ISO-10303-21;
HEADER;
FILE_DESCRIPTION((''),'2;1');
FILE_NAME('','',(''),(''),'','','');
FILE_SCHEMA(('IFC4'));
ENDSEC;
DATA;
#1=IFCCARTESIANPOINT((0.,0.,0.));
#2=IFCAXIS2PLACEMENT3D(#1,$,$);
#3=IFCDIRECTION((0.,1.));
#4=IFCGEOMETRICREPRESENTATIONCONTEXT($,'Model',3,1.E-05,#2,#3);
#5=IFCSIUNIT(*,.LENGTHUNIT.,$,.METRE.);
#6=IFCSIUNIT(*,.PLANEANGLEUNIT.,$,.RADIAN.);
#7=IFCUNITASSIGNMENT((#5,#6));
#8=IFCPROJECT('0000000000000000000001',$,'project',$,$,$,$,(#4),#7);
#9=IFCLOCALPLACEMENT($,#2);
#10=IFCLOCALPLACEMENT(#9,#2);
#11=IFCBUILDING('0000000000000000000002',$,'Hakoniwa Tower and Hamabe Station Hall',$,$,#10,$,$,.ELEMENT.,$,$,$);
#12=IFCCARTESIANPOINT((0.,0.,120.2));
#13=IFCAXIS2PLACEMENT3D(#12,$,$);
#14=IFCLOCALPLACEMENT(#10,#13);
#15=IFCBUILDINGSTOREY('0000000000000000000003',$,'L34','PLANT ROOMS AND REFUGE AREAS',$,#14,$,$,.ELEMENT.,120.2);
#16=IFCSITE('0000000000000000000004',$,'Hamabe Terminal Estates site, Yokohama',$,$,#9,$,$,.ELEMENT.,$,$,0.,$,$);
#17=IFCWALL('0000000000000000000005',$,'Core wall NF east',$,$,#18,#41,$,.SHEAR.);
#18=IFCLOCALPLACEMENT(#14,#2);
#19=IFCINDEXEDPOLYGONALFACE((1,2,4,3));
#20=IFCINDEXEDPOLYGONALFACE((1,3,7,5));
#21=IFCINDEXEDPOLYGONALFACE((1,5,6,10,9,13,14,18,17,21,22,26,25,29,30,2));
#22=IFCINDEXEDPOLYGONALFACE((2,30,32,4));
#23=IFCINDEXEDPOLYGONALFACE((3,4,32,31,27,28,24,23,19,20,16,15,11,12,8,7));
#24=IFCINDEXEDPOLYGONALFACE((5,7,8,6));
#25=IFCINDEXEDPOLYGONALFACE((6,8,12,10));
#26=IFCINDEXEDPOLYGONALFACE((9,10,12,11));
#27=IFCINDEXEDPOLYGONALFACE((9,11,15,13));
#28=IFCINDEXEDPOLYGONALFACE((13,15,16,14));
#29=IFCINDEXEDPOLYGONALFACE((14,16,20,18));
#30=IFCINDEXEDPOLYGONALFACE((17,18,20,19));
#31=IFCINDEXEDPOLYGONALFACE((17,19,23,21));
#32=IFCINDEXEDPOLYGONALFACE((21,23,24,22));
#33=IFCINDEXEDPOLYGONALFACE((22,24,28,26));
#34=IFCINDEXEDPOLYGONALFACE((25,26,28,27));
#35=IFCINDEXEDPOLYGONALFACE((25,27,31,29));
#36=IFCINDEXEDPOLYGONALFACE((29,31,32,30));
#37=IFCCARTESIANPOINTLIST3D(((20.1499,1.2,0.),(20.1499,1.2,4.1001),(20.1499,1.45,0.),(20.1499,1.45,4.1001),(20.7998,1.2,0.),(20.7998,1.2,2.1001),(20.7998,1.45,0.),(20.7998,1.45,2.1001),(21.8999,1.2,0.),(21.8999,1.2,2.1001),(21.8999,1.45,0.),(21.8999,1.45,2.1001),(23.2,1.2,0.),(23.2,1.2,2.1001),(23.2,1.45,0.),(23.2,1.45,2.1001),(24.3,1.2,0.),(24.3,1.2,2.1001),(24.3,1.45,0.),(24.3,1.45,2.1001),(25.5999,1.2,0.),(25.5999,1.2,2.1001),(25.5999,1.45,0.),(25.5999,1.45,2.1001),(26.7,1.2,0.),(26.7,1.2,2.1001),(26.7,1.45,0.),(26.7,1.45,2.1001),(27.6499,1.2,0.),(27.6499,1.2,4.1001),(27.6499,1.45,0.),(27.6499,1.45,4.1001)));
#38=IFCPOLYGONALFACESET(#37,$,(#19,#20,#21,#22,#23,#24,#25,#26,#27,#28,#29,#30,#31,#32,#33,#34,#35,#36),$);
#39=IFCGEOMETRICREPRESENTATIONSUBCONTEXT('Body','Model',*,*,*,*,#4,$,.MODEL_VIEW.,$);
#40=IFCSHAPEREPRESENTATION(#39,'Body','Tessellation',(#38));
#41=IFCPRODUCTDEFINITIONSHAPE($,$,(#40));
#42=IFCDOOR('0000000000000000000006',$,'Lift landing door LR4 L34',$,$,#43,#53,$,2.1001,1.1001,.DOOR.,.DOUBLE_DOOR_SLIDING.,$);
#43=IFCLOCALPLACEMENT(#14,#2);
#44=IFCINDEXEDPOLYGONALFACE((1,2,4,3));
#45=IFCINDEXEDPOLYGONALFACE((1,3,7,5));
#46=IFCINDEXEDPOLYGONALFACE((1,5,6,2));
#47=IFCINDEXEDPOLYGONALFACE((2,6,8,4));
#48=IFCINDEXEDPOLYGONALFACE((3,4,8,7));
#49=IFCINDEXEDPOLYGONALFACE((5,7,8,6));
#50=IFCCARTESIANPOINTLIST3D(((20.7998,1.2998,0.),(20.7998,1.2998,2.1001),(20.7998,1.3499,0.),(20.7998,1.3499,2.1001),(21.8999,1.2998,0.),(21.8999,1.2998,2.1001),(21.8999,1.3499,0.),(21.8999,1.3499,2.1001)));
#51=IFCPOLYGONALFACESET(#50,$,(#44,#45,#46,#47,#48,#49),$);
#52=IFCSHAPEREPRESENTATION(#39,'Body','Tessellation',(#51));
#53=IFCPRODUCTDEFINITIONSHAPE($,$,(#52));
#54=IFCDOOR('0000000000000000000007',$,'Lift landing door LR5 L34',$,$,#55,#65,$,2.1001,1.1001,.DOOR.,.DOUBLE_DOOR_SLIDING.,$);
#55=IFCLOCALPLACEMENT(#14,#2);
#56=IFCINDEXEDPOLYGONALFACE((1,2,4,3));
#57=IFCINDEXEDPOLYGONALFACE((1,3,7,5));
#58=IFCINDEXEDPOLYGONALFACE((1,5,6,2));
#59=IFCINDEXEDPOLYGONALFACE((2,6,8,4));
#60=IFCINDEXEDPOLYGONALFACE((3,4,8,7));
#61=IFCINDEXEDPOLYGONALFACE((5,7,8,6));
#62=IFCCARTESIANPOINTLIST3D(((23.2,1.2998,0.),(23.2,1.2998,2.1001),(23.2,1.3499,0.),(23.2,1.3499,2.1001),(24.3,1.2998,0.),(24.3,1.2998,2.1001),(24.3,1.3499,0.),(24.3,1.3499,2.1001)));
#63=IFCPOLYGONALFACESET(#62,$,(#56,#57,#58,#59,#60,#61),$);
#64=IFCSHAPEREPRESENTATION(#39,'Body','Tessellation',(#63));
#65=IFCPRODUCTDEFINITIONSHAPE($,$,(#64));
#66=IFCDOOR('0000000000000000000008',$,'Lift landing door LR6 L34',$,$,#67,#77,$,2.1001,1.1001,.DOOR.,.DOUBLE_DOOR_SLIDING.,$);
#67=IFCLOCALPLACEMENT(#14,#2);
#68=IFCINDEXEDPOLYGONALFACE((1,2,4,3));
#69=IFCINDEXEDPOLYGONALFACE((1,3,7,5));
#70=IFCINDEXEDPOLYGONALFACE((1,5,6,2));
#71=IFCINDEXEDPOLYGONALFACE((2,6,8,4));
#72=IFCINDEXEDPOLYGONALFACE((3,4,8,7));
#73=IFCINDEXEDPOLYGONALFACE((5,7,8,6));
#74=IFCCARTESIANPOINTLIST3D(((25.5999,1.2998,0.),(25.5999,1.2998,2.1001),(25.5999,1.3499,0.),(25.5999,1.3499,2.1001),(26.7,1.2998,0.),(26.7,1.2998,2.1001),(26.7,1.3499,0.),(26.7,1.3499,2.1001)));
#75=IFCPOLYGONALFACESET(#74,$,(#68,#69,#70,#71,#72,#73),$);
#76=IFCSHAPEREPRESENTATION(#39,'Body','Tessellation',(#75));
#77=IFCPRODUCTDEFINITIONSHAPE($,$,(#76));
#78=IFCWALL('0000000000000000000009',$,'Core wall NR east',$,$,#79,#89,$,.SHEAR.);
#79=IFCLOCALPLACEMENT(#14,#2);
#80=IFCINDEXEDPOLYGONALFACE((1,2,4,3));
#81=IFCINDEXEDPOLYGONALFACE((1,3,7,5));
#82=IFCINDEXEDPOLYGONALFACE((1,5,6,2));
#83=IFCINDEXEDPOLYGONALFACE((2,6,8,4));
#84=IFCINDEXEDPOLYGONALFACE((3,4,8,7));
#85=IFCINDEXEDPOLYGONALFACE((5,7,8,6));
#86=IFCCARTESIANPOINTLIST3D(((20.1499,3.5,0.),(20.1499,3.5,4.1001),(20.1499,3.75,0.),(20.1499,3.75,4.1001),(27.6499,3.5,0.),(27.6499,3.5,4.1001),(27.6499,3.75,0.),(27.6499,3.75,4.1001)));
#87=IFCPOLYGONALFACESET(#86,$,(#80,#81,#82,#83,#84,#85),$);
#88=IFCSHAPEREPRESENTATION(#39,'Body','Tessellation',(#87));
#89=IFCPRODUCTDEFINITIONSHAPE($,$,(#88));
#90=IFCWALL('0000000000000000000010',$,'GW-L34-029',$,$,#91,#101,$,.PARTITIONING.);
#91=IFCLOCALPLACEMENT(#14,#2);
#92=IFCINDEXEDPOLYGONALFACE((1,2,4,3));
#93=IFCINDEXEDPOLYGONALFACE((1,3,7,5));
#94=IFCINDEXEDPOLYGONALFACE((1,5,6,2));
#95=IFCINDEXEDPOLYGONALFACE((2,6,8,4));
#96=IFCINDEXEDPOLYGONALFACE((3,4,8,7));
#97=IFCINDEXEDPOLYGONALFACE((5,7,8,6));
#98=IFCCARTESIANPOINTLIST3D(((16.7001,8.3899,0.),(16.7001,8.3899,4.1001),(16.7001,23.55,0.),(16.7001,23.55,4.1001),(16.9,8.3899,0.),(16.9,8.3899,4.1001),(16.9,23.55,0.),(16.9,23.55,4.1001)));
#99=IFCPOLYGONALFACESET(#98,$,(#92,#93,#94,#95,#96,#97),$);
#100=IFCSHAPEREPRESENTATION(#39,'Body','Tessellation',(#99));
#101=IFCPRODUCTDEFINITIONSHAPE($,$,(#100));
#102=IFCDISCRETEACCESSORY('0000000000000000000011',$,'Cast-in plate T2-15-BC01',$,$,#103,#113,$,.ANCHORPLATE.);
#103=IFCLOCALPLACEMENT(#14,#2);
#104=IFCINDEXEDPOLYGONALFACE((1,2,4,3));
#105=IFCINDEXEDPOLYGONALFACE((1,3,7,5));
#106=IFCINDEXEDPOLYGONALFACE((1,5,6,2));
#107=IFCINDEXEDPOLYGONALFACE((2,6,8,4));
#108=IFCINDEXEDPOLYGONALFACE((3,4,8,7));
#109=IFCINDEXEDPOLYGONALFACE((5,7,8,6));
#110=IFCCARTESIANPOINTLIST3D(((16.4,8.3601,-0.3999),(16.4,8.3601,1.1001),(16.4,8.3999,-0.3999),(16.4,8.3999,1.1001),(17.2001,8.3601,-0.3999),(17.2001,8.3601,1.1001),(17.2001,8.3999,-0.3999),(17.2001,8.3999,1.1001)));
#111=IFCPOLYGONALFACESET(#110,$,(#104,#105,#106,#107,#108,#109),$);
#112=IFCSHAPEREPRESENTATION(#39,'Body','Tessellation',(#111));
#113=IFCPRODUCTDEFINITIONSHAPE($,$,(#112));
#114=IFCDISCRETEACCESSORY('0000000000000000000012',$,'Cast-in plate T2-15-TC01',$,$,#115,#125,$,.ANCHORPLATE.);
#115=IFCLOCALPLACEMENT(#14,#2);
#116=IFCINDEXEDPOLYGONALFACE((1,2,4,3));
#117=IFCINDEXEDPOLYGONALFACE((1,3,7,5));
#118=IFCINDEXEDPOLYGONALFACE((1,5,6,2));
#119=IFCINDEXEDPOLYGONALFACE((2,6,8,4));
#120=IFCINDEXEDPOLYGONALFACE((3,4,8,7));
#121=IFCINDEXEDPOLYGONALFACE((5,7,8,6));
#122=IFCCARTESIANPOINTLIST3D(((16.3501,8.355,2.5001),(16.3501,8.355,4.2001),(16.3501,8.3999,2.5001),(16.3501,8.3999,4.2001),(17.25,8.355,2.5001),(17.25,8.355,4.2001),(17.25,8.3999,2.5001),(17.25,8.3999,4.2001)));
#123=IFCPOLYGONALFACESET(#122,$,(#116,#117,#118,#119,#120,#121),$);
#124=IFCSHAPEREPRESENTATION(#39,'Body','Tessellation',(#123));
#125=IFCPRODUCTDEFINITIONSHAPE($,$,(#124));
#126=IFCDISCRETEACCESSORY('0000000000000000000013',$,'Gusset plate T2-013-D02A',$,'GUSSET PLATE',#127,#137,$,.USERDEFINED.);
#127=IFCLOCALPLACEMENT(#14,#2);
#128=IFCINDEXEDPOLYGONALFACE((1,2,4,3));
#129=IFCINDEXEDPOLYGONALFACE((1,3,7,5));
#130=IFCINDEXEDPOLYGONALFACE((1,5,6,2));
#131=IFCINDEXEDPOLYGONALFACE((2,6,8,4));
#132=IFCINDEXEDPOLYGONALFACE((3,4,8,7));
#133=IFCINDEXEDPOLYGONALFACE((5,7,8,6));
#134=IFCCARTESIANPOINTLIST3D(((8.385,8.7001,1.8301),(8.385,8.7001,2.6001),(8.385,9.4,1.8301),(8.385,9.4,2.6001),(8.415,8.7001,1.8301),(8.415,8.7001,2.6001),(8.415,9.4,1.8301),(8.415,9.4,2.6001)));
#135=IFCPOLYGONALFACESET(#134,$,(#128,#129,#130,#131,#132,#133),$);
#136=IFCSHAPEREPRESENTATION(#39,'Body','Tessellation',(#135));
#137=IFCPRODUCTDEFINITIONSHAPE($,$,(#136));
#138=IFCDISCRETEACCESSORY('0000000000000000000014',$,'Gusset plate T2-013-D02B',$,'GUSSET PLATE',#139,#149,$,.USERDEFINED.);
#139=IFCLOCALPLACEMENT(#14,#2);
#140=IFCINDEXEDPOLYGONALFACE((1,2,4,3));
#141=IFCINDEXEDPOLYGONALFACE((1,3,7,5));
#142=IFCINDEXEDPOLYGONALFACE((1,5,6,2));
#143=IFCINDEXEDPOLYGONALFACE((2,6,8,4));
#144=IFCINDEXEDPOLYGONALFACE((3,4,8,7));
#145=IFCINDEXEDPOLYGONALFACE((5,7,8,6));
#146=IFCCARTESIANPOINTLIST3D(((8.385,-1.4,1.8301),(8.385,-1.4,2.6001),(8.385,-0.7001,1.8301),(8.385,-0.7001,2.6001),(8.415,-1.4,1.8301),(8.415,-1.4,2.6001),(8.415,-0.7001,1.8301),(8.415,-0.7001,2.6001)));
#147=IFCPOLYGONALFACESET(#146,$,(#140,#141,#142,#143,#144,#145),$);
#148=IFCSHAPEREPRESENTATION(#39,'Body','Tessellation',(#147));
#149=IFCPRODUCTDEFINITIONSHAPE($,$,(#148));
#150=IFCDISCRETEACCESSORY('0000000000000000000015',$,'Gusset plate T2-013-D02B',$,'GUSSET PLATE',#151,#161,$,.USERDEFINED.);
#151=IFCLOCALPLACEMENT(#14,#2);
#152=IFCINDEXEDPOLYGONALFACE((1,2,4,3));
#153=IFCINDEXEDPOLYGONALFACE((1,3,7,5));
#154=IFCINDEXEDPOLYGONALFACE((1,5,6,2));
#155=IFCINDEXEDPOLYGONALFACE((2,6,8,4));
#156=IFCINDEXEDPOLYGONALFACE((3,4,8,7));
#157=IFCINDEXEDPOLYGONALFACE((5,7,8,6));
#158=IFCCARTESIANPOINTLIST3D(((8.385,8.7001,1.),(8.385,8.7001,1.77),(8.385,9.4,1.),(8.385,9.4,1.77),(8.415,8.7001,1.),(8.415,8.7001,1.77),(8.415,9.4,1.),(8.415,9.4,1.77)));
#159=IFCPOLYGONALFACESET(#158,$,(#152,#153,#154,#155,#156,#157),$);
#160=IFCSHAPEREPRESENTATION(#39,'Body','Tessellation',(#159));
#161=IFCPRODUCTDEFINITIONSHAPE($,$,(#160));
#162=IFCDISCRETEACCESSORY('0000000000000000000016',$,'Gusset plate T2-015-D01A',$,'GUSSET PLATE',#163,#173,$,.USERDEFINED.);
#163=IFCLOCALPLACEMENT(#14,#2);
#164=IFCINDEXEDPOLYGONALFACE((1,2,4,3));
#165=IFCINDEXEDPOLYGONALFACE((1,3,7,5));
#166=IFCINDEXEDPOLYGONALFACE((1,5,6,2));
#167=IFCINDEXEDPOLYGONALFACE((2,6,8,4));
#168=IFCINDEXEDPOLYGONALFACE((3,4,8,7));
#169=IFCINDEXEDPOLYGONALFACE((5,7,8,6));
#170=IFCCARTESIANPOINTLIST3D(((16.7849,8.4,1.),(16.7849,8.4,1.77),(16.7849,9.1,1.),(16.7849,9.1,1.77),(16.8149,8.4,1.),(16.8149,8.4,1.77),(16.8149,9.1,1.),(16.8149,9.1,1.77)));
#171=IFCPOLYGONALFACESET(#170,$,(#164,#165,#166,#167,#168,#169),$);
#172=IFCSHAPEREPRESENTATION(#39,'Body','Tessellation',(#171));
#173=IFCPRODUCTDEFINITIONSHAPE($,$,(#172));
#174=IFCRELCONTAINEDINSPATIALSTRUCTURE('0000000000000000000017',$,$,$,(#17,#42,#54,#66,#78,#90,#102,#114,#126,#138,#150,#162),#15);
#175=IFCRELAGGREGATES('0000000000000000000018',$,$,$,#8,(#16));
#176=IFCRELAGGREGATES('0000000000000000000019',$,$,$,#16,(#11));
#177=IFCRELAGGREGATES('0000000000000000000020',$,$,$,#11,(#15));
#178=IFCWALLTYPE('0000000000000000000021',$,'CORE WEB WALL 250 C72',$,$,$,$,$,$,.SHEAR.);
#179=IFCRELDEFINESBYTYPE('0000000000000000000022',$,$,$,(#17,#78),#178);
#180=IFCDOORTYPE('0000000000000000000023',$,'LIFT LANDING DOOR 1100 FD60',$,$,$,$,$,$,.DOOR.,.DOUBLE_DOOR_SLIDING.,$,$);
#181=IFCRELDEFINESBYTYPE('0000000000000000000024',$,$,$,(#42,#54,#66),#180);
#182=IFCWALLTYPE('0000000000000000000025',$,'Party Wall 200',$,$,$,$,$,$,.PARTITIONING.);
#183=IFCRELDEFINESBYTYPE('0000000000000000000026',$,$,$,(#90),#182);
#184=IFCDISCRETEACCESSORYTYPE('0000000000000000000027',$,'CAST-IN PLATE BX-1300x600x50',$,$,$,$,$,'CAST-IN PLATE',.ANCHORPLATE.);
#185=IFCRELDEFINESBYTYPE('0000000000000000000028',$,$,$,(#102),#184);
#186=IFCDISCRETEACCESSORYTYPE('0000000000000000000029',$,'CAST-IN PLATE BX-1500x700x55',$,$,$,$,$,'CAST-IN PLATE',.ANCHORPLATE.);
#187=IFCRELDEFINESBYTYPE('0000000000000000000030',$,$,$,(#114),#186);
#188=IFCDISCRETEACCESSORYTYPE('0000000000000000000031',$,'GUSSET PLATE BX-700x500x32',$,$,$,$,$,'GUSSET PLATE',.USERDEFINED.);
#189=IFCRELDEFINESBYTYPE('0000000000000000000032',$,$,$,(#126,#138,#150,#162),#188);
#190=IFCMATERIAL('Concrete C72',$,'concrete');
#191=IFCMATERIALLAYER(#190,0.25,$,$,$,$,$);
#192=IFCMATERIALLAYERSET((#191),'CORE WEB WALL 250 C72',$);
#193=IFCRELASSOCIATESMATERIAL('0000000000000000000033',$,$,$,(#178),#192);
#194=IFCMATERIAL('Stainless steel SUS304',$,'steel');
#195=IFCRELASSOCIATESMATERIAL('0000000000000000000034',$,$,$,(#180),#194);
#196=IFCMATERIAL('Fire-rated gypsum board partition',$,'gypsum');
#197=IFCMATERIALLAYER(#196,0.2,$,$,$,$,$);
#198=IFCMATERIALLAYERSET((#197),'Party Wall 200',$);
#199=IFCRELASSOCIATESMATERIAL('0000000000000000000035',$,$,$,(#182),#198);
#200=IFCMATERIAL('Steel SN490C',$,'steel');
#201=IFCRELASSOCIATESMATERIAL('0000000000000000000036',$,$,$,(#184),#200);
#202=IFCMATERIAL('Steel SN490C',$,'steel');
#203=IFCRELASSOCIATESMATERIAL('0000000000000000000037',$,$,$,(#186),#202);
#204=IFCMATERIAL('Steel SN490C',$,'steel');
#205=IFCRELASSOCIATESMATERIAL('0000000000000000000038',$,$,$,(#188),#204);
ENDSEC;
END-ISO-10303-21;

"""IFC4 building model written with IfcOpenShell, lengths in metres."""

from ifc_helpers import new_model, si_unit, direction, frame, frame_2d, origin, origin_2d, place, context, subcontext, project, spatial, rectangle, extrude, material, layer, layer_set, material_profile, profile_set, type_object, element, fill, save


model = new_model("IFC4")

# Units and contexts
model_context = context("Model", 3, precision=1e-05, world=origin(), true_north=direction((0.0, 1.0)))
body_context = subcontext(model_context, "Body", "Model", "MODEL_VIEW")
ifc_project = project(units=[si_unit("LENGTHUNIT", "METRE"), si_unit("PLANEANGLEUNIT", "RADIAN")], contexts=[model_context])

# Site, building, storey
site_placement = place(None, origin())
site = spatial("IfcSite", under=ifc_project, at=site_placement, Name="Hamabe Terminal Estates site, Yokohama", CompositionType="ELEMENT", RefElevation=0.0)
building_placement = place(site_placement, origin())
building = spatial("IfcBuilding", under=site, at=building_placement, Name="Hakoniwa Tower and Hamabe Station Hall", CompositionType="ELEMENT")
storey_placement = place(building_placement, frame((0.0, 0.0, 120.2)))
storey = spatial("IfcBuildingStorey", under=building, at=storey_placement, Name="L34", Description="PLANT ROOMS AND REFUGE AREAS", CompositionType="ELEMENT", Elevation=120.2)

# Shared definitions
ifc_material_1 = material(Name="Concrete C72", Category="concrete")
ifc_layer_1 = layer(ifc_material_1, 0.25)
ifc_layer_set_1 = layer_set([ifc_layer_1], Name="CORE WEB WALL 250 C72")
wall_type_1 = type_object("IfcWallType", Name="CORE WEB WALL 250 C72", PredefinedType="SHEAR", material=ifc_layer_set_1)

# Wall, openings, doors
wall_1_placement = place(storey_placement, frame((20.1499, 1.325, 0.0), z_axis=(0.0, 0.0, 1.0), x_axis=(1.0, 0.0, 0.0)))
wall_1 = element("IfcWall", 1, at=wall_1_placement, inside=storey, type_object=wall_type_1, Name="Core wall NF east", PredefinedType="SHEAR", context=body_context, shape_type="SweptSolid", body=[
    extrude(rectangle(XDim=7.5, YDim=0.25, at=frame_2d((3.75, 0.0))), origin(), (0.0, 0.0, 1.0), 4.1001),
])
opening_1_placement = place(wall_1_placement, frame((0.6499, 0.0, 0.0)))
opening_1 = element("IfcOpeningElement", 2, at=opening_1_placement, cuts=wall_1, PredefinedType="OPENING", context=body_context, shape_type="SweptSolid", body=[
    extrude(rectangle(XDim=1.1001, YDim=2.1001, at=frame_2d((0.55, 1.05))), frame((0.0, 0.135, 0.0), z_axis=(0.0, -1.0, 0.0), x_axis=(1.0, 0.0, 0.0)), (0.0, 0.0, 1.0), 0.27),
])
opening_2_placement = place(wall_1_placement, frame((3.05, 0.0, 0.0)))
opening_2 = element("IfcOpeningElement", 3, at=opening_2_placement, cuts=wall_1, PredefinedType="OPENING", context=body_context, shape_type="SweptSolid", body=[
    extrude(rectangle(XDim=1.1001, YDim=2.1001, at=frame_2d((0.55, 1.05))), frame((0.0, 0.135, 0.0), z_axis=(0.0, -1.0, 0.0), x_axis=(1.0, 0.0, 0.0)), (0.0, 0.0, 1.0), 0.27),
])
opening_3_placement = place(wall_1_placement, frame((5.45, 0.0, 0.0)))
opening_3 = element("IfcOpeningElement", 4, at=opening_3_placement, cuts=wall_1, PredefinedType="OPENING", context=body_context, shape_type="SweptSolid", body=[
    extrude(rectangle(XDim=1.1001, YDim=2.1001, at=frame_2d((0.55, 1.05))), frame((0.0, 0.135, 0.0), z_axis=(0.0, -1.0, 0.0), x_axis=(1.0, 0.0, 0.0)), (0.0, 0.0, 1.0), 0.27),
])
ifc_material_2 = material(Name="Stainless steel SUS304", Category="steel")
door_type_1 = type_object("IfcDoorType", Name="LIFT LANDING DOOR 1100 FD60", OperationType="DOUBLE_DOOR_SLIDING", PredefinedType="DOOR", material=ifc_material_2)
door_1_placement = place(opening_1_placement, origin())
door_1 = element("IfcDoor", 5, at=door_1_placement, inside=storey, type_object=door_type_1, Name="Lift landing door LR4 L34", OperationType="DOUBLE_DOOR_SLIDING", OverallHeight=2.1001, OverallWidth=1.1001, PredefinedType="DOOR", context=body_context, shape_type="SweptSolid", body=[
    extrude(rectangle(XDim=1.1001, YDim=2.1001, at=frame_2d((0.55, 1.05))), frame((0.0, 0.0249, 0.0), z_axis=(0.0, -1.0, 0.0), x_axis=(1.0, 0.0, 0.0)), (0.0, 0.0, 1.0), 0.05),
])
fill(opening_1, door_1)
door_2_placement = place(opening_2_placement, origin())
door_2 = element("IfcDoor", 6, at=door_2_placement, inside=storey, type_object=door_type_1, Name="Lift landing door LR5 L34", OperationType="DOUBLE_DOOR_SLIDING", OverallHeight=2.1001, OverallWidth=1.1001, PredefinedType="DOOR", context=body_context, shape_type="SweptSolid", body=[
    extrude(rectangle(XDim=1.1001, YDim=2.1001, at=frame_2d((0.55, 1.05))), frame((0.0, 0.0249, 0.0), z_axis=(0.0, -1.0, 0.0), x_axis=(1.0, 0.0, 0.0)), (0.0, 0.0, 1.0), 0.05),
])
fill(opening_2, door_2)
door_3_placement = place(opening_3_placement, origin())
door_3 = element("IfcDoor", 7, at=door_3_placement, inside=storey, type_object=door_type_1, Name="Lift landing door LR6 L34", OperationType="DOUBLE_DOOR_SLIDING", OverallHeight=2.1001, OverallWidth=1.1001, PredefinedType="DOOR", context=body_context, shape_type="SweptSolid", body=[
    extrude(rectangle(XDim=1.1001, YDim=2.1001, at=frame_2d((0.55, 1.05))), frame((0.0, 0.0249, 0.0), z_axis=(0.0, -1.0, 0.0), x_axis=(1.0, 0.0, 0.0)), (0.0, 0.0, 1.0), 0.05),
])
fill(opening_3, door_3)

# Walls
wall_2_placement = place(storey_placement, frame((20.1499, 3.625, 0.0), z_axis=(0.0, 0.0, 1.0), x_axis=(1.0, 0.0, 0.0)))
element("IfcWall", 8, at=wall_2_placement, inside=storey, type_object=wall_type_1, Name="Core wall NR east", PredefinedType="SHEAR", context=body_context, shape_type="SweptSolid", body=[
    extrude(rectangle(XDim=7.5, YDim=0.25, at=frame_2d((3.75, 0.0))), origin(), (0.0, 0.0, 1.0), 4.1001),
])
ifc_material_3 = material(Name="Fire-rated gypsum board partition", Category="gypsum")
ifc_layer_2 = layer(ifc_material_3, 0.2)
ifc_layer_set_2 = layer_set([ifc_layer_2], Name="Party Wall 200")
wall_type_2 = type_object("IfcWallType", Name="Party Wall 200", PredefinedType="PARTITIONING", material=ifc_layer_set_2)
wall_3_placement = place(storey_placement, frame((16.8, 8.3899, 0.0), z_axis=(0.0, 0.0, 1.0), x_axis=(0.0, 1.0, 0.0)))
element("IfcWall", 9, at=wall_3_placement, inside=storey, type_object=wall_type_2, Name="GW-L34-029", PredefinedType="PARTITIONING", context=body_context, shape_type="SweptSolid", body=[
    extrude(rectangle(XDim=15.1602, YDim=0.2, at=frame_2d((7.5801, 0.0))), origin(), (0.0, 0.0, 1.0), 4.1001),
])

# Discrete accessories
ifc_material_4 = material(Name="Steel SN490C", Category="steel")
ifc_material_profile_1 = material_profile(ifc_material_4, rectangle(XDim=0.8, YDim=1.5, at=origin_2d()), Name="CAST-IN PLATE BX-1300x600x50")
ifc_profile_set_1 = profile_set([ifc_material_profile_1], Name="Steel SN490C")
discrete_accessory_type_1 = type_object("IfcDiscreteAccessoryType", Name="CAST-IN PLATE BX-1300x600x50", ElementType="CAST-IN PLATE", PredefinedType="ANCHORPLATE", material=ifc_profile_set_1)
discrete_accessory_1_placement = place(storey_placement, frame((16.8, 8.3601, 0.3501), z_axis=(0.0, 1.0, 0.0), x_axis=(-1.0, 0.0, 0.0)))
element("IfcDiscreteAccessory", 10, at=discrete_accessory_1_placement, inside=storey, type_object=discrete_accessory_type_1, Name="Cast-in plate T2-15-BC01", PredefinedType="ANCHORPLATE", context=body_context, shape_type="SweptSolid", body=[
    extrude(rectangle(XDim=0.8, YDim=1.5, at=origin_2d()), origin(), (0.0, 0.0, 1.0), 0.0398),
])
ifc_material_5 = material(Name="Steel SN490C", Category="steel")
ifc_material_profile_2 = material_profile(ifc_material_5, rectangle(XDim=0.8999, YDim=1.7, at=origin_2d()), Name="CAST-IN PLATE BX-1500x700x55")
ifc_profile_set_2 = profile_set([ifc_material_profile_2], Name="Steel SN490C")
discrete_accessory_type_2 = type_object("IfcDiscreteAccessoryType", Name="CAST-IN PLATE BX-1500x700x55", ElementType="CAST-IN PLATE", PredefinedType="ANCHORPLATE", material=ifc_profile_set_2)
discrete_accessory_2_placement = place(storey_placement, frame((16.8, 8.355, 3.3501), z_axis=(0.0, 1.0, 0.0), x_axis=(-1.0, 0.0, 0.0)))
element("IfcDiscreteAccessory", 11, at=discrete_accessory_2_placement, inside=storey, type_object=discrete_accessory_type_2, Name="Cast-in plate T2-15-TC01", PredefinedType="ANCHORPLATE", context=body_context, shape_type="SweptSolid", body=[
    extrude(rectangle(XDim=0.8999, YDim=1.7, at=origin_2d()), origin(), (0.0, 0.0, 1.0), 0.0449),
])
ifc_material_6 = material(Name="Steel SN490C", Category="steel")
ifc_material_profile_3 = material_profile(ifc_material_6, rectangle(XDim=0.7, YDim=0.77, at=origin_2d()), Name="GUSSET PLATE BX-700x500x32")
ifc_profile_set_3 = profile_set([ifc_material_profile_3], Name="Steel SN490C")
discrete_accessory_type_3 = type_object("IfcDiscreteAccessoryType", Name="GUSSET PLATE BX-700x500x32", ElementType="GUSSET PLATE", PredefinedType="USERDEFINED", material=ifc_profile_set_3)
for number, where, z_axis, x_axis, name in (
    (12, (8.415, 9.05, 2.2151), (-1.0, 0.0, 0.0), (0.0, -1.0, 0.0), "Gusset plate T2-013-D02A"),
    (13, (8.415, -1.05, 2.2151), (-1.0, 0.0, 0.0), (0.0, -1.0, 0.0), "Gusset plate T2-013-D02B"),
    (14, (8.415, 9.05, 1.385), (-1.0, 0.0, 0.0), (0.0, -1.0, 0.0), "Gusset plate T2-013-D02B"),
    (15, (16.8149, 8.75, 1.385), (-1.0, 0.0, 0.0), (0.0, -1.0, 0.0), "Gusset plate T2-015-D01A"),
):
    element("IfcDiscreteAccessory", number, at=place(storey_placement, frame(where, z_axis=z_axis, x_axis=x_axis)), inside=storey, type_object=discrete_accessory_type_3, Name=name, ObjectType="GUSSET PLATE", PredefinedType="USERDEFINED", context=body_context, shape_type="SweptSolid", body=[
        extrude(rectangle(XDim=0.7, YDim=0.77, at=origin_2d()), origin(), (0.0, 0.0, 1.0), 0.03),
    ])

save(model, "model.ifc")
